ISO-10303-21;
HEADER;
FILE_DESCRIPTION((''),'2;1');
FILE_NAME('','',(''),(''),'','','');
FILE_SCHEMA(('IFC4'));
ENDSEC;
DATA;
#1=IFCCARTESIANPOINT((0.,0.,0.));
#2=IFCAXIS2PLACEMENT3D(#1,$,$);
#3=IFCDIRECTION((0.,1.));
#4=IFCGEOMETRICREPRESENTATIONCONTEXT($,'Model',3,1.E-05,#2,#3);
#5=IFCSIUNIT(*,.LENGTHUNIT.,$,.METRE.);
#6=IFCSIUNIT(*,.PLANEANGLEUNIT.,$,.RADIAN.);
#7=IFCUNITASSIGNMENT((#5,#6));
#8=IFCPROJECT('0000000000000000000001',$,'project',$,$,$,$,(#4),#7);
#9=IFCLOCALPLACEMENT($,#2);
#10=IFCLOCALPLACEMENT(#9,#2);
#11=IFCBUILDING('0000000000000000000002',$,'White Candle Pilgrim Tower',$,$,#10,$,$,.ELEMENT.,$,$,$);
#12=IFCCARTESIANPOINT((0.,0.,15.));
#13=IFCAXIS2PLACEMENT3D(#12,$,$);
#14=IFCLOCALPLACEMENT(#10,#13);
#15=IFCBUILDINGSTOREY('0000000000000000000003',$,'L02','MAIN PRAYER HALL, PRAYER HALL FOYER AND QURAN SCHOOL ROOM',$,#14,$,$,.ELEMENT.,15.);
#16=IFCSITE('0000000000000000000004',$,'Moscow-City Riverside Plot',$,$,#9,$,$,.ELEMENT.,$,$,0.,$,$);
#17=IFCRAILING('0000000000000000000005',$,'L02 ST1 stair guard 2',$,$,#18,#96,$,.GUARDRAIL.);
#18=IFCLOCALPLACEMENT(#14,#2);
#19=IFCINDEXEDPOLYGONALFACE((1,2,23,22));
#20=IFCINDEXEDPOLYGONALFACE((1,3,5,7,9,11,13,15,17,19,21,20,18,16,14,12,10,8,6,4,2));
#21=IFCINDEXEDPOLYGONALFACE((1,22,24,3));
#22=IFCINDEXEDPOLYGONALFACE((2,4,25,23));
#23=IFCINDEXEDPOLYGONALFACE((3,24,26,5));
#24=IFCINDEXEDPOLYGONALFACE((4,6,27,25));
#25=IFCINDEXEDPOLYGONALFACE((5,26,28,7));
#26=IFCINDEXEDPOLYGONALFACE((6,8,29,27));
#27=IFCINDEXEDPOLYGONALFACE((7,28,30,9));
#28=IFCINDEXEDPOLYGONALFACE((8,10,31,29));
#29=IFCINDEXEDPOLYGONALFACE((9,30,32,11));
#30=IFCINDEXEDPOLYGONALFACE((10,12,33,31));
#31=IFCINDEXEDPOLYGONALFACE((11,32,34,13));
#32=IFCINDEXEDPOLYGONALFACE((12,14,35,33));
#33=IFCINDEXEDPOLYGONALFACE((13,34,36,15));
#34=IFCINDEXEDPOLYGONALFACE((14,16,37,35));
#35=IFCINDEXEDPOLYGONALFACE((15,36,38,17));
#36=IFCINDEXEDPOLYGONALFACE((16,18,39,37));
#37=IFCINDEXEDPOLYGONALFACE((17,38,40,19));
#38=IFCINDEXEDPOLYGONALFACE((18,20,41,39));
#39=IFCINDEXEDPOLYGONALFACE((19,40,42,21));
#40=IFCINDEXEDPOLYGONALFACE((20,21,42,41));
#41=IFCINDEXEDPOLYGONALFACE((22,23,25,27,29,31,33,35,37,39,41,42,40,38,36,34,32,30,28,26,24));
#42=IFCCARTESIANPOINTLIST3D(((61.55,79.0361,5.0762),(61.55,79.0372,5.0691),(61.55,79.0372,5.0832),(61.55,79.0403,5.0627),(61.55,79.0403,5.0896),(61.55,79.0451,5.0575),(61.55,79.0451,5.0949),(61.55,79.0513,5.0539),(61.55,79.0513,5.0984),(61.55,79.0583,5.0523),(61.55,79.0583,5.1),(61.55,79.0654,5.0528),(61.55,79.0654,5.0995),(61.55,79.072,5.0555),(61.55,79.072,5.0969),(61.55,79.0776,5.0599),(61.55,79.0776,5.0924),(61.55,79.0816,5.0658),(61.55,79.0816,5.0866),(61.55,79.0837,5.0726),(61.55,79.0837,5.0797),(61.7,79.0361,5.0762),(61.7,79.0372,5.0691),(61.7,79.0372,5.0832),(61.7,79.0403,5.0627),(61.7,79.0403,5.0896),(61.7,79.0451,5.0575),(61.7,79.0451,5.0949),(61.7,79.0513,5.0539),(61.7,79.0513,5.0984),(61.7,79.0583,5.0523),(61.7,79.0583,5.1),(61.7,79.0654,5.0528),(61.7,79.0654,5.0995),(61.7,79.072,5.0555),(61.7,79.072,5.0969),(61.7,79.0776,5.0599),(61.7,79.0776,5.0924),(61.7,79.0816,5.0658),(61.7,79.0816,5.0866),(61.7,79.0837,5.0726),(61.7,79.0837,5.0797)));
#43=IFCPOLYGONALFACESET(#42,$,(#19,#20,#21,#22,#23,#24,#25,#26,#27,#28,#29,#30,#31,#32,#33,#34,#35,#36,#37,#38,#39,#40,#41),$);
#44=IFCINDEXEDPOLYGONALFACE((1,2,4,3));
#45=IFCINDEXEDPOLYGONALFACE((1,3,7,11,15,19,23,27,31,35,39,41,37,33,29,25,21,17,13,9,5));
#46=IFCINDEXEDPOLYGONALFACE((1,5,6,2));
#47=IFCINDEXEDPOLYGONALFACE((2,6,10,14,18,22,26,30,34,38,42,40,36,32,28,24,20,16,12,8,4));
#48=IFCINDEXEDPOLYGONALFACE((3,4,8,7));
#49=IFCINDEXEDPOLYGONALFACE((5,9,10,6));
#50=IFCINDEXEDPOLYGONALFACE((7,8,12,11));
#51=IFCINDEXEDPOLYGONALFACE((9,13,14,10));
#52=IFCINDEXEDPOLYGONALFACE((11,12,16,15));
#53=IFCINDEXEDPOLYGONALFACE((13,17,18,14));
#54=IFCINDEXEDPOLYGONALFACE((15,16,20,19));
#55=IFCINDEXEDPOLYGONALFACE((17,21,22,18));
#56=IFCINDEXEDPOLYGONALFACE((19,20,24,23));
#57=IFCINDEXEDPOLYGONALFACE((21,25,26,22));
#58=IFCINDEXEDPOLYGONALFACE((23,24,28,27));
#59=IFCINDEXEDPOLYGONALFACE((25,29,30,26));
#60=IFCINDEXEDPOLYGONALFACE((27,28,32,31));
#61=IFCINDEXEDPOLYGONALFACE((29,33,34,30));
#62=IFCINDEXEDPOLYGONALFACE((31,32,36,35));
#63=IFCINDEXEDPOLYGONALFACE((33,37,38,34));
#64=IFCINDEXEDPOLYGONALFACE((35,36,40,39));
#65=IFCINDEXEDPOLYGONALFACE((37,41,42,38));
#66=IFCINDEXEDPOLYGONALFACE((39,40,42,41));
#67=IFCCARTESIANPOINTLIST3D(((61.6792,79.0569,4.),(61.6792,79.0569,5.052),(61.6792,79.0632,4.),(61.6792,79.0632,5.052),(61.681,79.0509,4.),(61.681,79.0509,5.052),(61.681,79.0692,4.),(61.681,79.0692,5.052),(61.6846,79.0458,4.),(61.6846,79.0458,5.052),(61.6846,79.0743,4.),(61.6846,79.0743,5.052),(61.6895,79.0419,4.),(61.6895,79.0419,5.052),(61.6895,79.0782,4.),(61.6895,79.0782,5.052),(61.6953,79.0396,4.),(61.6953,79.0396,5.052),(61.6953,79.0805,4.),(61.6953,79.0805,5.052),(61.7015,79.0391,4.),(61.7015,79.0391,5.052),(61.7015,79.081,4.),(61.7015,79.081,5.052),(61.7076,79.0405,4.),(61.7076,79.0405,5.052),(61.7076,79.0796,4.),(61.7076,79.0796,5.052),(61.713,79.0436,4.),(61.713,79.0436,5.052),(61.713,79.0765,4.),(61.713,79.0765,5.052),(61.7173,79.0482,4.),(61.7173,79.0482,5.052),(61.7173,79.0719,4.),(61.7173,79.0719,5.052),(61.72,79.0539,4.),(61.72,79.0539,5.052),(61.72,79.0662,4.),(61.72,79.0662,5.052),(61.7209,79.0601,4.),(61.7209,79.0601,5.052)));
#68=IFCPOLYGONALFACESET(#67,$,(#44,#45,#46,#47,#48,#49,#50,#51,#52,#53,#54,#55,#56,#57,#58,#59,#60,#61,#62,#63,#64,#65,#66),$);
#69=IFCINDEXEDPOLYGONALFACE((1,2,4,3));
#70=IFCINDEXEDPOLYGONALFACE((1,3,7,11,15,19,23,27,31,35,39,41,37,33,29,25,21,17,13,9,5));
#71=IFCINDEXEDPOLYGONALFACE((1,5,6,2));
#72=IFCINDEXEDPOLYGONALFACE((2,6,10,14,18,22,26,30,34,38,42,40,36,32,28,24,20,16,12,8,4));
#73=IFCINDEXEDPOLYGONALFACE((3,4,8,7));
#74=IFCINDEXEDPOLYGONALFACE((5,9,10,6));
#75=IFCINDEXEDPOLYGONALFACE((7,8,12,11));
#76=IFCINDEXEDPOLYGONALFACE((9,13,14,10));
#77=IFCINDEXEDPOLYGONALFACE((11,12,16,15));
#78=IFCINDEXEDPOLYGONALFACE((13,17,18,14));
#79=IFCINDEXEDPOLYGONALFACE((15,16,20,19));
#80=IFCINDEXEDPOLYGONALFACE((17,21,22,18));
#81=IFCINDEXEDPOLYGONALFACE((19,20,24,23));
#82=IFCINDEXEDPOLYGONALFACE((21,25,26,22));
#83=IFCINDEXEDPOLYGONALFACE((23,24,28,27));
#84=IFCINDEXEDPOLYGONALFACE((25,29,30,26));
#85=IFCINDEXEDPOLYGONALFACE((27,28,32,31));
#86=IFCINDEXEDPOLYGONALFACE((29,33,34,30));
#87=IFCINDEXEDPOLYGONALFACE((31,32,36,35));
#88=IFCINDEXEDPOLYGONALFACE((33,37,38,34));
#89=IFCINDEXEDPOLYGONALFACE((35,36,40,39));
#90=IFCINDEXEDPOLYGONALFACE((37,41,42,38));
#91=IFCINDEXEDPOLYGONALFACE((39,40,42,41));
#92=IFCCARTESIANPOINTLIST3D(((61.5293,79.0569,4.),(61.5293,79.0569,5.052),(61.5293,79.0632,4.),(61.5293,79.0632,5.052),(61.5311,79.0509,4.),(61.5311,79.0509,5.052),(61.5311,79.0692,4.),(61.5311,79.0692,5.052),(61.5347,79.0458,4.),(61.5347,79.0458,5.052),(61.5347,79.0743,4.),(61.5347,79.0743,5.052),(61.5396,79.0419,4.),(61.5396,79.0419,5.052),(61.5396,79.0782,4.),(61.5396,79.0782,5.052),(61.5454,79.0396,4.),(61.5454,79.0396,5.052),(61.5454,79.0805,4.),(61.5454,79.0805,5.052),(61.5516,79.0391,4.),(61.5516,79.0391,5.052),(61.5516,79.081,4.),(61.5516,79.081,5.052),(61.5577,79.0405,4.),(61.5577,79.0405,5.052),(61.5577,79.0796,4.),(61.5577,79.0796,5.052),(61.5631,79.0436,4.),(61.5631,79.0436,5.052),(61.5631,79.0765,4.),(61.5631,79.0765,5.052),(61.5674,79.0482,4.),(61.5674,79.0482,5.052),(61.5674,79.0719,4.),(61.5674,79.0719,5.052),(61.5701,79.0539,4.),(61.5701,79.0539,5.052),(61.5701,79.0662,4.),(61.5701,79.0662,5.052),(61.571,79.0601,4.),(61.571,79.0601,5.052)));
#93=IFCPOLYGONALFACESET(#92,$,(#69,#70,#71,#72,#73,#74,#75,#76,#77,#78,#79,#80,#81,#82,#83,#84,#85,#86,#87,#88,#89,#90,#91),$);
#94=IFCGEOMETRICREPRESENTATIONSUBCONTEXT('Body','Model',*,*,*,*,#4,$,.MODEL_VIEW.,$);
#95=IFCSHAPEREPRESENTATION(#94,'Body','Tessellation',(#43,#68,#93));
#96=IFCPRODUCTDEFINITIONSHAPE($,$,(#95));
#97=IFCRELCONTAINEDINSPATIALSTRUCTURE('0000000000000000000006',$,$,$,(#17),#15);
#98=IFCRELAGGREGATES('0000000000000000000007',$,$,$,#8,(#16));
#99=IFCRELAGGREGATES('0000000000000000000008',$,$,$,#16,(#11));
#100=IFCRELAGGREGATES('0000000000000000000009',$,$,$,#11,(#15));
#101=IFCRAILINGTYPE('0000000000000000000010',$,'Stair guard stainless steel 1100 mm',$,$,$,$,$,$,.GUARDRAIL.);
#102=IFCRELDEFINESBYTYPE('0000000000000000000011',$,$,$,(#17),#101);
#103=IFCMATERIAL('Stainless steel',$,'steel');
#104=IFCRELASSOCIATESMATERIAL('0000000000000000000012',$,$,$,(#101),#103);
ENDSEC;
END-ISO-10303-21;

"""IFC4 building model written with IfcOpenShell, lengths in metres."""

from ifc_helpers import new_model, si_unit, direction, frame, origin, origin_2d, place, context, subcontext, project, spatial, circle, extrude, material, type_object, element, save


model = new_model("IFC4")

# Units and contexts
model_context = context("Model", 3, precision=1e-05, world=origin(), true_north=direction((0.0, 1.0)))
body_context = subcontext(model_context, "Body", "Model", "MODEL_VIEW")
ifc_project = project(units=[si_unit("LENGTHUNIT", "METRE"), si_unit("PLANEANGLEUNIT", "RADIAN")], contexts=[model_context])

# Site, building, storey
site_placement = place(None, origin())
site = spatial("IfcSite", under=ifc_project, at=site_placement, Name="Moscow-City Riverside Plot", CompositionType="ELEMENT", RefElevation=0.0)
building_placement = place(site_placement, origin())
building = spatial("IfcBuilding", under=site, at=building_placement, Name="White Candle Pilgrim Tower", CompositionType="ELEMENT")
storey_placement = place(building_placement, frame((0.0, 0.0, 15.0)))
storey = spatial("IfcBuildingStorey", under=building, at=storey_placement, Name="L02", Description="MAIN PRAYER HALL, PRAYER HALL FOYER AND QURAN SCHOOL ROOM", CompositionType="ELEMENT", Elevation=15.0)

# Railing
ifc_material_1 = material(Name="Stainless steel", Category="steel")
railing_type_1 = type_object("IfcRailingType", Name="Stair guard stainless steel 1100 mm", PredefinedType="GUARDRAIL", material=ifc_material_1)
railing_1_placement = place(storey_placement, frame((61.7, 79.0601, 4.0)))
element("IfcRailing", 1, at=railing_1_placement, inside=storey, type_object=railing_type_1, Name="L02 ST1 stair guard 2", PredefinedType="GUARDRAIL", context=body_context, shape_type="SweptSolid", body=[
    extrude(circle(Radius=0.0239, at=origin_2d()), frame((0.0, 0.0, 1.0762), z_axis=(-1.0, 0.0, 0.0), x_axis=(0.0, -1.0, 0.0)), (0.0, 0.0, 1.0), 0.1499),
    extrude(circle(Radius=0.021, at=origin_2d()), origin(), (0.0, 0.0, 1.0), 1.052),
    extrude(circle(Radius=0.021, at=origin_2d()), frame((-0.1499, 0.0, 0.0)), (0.0, 0.0, 1.0), 1.052),
])

save(model, "model.ifc")
